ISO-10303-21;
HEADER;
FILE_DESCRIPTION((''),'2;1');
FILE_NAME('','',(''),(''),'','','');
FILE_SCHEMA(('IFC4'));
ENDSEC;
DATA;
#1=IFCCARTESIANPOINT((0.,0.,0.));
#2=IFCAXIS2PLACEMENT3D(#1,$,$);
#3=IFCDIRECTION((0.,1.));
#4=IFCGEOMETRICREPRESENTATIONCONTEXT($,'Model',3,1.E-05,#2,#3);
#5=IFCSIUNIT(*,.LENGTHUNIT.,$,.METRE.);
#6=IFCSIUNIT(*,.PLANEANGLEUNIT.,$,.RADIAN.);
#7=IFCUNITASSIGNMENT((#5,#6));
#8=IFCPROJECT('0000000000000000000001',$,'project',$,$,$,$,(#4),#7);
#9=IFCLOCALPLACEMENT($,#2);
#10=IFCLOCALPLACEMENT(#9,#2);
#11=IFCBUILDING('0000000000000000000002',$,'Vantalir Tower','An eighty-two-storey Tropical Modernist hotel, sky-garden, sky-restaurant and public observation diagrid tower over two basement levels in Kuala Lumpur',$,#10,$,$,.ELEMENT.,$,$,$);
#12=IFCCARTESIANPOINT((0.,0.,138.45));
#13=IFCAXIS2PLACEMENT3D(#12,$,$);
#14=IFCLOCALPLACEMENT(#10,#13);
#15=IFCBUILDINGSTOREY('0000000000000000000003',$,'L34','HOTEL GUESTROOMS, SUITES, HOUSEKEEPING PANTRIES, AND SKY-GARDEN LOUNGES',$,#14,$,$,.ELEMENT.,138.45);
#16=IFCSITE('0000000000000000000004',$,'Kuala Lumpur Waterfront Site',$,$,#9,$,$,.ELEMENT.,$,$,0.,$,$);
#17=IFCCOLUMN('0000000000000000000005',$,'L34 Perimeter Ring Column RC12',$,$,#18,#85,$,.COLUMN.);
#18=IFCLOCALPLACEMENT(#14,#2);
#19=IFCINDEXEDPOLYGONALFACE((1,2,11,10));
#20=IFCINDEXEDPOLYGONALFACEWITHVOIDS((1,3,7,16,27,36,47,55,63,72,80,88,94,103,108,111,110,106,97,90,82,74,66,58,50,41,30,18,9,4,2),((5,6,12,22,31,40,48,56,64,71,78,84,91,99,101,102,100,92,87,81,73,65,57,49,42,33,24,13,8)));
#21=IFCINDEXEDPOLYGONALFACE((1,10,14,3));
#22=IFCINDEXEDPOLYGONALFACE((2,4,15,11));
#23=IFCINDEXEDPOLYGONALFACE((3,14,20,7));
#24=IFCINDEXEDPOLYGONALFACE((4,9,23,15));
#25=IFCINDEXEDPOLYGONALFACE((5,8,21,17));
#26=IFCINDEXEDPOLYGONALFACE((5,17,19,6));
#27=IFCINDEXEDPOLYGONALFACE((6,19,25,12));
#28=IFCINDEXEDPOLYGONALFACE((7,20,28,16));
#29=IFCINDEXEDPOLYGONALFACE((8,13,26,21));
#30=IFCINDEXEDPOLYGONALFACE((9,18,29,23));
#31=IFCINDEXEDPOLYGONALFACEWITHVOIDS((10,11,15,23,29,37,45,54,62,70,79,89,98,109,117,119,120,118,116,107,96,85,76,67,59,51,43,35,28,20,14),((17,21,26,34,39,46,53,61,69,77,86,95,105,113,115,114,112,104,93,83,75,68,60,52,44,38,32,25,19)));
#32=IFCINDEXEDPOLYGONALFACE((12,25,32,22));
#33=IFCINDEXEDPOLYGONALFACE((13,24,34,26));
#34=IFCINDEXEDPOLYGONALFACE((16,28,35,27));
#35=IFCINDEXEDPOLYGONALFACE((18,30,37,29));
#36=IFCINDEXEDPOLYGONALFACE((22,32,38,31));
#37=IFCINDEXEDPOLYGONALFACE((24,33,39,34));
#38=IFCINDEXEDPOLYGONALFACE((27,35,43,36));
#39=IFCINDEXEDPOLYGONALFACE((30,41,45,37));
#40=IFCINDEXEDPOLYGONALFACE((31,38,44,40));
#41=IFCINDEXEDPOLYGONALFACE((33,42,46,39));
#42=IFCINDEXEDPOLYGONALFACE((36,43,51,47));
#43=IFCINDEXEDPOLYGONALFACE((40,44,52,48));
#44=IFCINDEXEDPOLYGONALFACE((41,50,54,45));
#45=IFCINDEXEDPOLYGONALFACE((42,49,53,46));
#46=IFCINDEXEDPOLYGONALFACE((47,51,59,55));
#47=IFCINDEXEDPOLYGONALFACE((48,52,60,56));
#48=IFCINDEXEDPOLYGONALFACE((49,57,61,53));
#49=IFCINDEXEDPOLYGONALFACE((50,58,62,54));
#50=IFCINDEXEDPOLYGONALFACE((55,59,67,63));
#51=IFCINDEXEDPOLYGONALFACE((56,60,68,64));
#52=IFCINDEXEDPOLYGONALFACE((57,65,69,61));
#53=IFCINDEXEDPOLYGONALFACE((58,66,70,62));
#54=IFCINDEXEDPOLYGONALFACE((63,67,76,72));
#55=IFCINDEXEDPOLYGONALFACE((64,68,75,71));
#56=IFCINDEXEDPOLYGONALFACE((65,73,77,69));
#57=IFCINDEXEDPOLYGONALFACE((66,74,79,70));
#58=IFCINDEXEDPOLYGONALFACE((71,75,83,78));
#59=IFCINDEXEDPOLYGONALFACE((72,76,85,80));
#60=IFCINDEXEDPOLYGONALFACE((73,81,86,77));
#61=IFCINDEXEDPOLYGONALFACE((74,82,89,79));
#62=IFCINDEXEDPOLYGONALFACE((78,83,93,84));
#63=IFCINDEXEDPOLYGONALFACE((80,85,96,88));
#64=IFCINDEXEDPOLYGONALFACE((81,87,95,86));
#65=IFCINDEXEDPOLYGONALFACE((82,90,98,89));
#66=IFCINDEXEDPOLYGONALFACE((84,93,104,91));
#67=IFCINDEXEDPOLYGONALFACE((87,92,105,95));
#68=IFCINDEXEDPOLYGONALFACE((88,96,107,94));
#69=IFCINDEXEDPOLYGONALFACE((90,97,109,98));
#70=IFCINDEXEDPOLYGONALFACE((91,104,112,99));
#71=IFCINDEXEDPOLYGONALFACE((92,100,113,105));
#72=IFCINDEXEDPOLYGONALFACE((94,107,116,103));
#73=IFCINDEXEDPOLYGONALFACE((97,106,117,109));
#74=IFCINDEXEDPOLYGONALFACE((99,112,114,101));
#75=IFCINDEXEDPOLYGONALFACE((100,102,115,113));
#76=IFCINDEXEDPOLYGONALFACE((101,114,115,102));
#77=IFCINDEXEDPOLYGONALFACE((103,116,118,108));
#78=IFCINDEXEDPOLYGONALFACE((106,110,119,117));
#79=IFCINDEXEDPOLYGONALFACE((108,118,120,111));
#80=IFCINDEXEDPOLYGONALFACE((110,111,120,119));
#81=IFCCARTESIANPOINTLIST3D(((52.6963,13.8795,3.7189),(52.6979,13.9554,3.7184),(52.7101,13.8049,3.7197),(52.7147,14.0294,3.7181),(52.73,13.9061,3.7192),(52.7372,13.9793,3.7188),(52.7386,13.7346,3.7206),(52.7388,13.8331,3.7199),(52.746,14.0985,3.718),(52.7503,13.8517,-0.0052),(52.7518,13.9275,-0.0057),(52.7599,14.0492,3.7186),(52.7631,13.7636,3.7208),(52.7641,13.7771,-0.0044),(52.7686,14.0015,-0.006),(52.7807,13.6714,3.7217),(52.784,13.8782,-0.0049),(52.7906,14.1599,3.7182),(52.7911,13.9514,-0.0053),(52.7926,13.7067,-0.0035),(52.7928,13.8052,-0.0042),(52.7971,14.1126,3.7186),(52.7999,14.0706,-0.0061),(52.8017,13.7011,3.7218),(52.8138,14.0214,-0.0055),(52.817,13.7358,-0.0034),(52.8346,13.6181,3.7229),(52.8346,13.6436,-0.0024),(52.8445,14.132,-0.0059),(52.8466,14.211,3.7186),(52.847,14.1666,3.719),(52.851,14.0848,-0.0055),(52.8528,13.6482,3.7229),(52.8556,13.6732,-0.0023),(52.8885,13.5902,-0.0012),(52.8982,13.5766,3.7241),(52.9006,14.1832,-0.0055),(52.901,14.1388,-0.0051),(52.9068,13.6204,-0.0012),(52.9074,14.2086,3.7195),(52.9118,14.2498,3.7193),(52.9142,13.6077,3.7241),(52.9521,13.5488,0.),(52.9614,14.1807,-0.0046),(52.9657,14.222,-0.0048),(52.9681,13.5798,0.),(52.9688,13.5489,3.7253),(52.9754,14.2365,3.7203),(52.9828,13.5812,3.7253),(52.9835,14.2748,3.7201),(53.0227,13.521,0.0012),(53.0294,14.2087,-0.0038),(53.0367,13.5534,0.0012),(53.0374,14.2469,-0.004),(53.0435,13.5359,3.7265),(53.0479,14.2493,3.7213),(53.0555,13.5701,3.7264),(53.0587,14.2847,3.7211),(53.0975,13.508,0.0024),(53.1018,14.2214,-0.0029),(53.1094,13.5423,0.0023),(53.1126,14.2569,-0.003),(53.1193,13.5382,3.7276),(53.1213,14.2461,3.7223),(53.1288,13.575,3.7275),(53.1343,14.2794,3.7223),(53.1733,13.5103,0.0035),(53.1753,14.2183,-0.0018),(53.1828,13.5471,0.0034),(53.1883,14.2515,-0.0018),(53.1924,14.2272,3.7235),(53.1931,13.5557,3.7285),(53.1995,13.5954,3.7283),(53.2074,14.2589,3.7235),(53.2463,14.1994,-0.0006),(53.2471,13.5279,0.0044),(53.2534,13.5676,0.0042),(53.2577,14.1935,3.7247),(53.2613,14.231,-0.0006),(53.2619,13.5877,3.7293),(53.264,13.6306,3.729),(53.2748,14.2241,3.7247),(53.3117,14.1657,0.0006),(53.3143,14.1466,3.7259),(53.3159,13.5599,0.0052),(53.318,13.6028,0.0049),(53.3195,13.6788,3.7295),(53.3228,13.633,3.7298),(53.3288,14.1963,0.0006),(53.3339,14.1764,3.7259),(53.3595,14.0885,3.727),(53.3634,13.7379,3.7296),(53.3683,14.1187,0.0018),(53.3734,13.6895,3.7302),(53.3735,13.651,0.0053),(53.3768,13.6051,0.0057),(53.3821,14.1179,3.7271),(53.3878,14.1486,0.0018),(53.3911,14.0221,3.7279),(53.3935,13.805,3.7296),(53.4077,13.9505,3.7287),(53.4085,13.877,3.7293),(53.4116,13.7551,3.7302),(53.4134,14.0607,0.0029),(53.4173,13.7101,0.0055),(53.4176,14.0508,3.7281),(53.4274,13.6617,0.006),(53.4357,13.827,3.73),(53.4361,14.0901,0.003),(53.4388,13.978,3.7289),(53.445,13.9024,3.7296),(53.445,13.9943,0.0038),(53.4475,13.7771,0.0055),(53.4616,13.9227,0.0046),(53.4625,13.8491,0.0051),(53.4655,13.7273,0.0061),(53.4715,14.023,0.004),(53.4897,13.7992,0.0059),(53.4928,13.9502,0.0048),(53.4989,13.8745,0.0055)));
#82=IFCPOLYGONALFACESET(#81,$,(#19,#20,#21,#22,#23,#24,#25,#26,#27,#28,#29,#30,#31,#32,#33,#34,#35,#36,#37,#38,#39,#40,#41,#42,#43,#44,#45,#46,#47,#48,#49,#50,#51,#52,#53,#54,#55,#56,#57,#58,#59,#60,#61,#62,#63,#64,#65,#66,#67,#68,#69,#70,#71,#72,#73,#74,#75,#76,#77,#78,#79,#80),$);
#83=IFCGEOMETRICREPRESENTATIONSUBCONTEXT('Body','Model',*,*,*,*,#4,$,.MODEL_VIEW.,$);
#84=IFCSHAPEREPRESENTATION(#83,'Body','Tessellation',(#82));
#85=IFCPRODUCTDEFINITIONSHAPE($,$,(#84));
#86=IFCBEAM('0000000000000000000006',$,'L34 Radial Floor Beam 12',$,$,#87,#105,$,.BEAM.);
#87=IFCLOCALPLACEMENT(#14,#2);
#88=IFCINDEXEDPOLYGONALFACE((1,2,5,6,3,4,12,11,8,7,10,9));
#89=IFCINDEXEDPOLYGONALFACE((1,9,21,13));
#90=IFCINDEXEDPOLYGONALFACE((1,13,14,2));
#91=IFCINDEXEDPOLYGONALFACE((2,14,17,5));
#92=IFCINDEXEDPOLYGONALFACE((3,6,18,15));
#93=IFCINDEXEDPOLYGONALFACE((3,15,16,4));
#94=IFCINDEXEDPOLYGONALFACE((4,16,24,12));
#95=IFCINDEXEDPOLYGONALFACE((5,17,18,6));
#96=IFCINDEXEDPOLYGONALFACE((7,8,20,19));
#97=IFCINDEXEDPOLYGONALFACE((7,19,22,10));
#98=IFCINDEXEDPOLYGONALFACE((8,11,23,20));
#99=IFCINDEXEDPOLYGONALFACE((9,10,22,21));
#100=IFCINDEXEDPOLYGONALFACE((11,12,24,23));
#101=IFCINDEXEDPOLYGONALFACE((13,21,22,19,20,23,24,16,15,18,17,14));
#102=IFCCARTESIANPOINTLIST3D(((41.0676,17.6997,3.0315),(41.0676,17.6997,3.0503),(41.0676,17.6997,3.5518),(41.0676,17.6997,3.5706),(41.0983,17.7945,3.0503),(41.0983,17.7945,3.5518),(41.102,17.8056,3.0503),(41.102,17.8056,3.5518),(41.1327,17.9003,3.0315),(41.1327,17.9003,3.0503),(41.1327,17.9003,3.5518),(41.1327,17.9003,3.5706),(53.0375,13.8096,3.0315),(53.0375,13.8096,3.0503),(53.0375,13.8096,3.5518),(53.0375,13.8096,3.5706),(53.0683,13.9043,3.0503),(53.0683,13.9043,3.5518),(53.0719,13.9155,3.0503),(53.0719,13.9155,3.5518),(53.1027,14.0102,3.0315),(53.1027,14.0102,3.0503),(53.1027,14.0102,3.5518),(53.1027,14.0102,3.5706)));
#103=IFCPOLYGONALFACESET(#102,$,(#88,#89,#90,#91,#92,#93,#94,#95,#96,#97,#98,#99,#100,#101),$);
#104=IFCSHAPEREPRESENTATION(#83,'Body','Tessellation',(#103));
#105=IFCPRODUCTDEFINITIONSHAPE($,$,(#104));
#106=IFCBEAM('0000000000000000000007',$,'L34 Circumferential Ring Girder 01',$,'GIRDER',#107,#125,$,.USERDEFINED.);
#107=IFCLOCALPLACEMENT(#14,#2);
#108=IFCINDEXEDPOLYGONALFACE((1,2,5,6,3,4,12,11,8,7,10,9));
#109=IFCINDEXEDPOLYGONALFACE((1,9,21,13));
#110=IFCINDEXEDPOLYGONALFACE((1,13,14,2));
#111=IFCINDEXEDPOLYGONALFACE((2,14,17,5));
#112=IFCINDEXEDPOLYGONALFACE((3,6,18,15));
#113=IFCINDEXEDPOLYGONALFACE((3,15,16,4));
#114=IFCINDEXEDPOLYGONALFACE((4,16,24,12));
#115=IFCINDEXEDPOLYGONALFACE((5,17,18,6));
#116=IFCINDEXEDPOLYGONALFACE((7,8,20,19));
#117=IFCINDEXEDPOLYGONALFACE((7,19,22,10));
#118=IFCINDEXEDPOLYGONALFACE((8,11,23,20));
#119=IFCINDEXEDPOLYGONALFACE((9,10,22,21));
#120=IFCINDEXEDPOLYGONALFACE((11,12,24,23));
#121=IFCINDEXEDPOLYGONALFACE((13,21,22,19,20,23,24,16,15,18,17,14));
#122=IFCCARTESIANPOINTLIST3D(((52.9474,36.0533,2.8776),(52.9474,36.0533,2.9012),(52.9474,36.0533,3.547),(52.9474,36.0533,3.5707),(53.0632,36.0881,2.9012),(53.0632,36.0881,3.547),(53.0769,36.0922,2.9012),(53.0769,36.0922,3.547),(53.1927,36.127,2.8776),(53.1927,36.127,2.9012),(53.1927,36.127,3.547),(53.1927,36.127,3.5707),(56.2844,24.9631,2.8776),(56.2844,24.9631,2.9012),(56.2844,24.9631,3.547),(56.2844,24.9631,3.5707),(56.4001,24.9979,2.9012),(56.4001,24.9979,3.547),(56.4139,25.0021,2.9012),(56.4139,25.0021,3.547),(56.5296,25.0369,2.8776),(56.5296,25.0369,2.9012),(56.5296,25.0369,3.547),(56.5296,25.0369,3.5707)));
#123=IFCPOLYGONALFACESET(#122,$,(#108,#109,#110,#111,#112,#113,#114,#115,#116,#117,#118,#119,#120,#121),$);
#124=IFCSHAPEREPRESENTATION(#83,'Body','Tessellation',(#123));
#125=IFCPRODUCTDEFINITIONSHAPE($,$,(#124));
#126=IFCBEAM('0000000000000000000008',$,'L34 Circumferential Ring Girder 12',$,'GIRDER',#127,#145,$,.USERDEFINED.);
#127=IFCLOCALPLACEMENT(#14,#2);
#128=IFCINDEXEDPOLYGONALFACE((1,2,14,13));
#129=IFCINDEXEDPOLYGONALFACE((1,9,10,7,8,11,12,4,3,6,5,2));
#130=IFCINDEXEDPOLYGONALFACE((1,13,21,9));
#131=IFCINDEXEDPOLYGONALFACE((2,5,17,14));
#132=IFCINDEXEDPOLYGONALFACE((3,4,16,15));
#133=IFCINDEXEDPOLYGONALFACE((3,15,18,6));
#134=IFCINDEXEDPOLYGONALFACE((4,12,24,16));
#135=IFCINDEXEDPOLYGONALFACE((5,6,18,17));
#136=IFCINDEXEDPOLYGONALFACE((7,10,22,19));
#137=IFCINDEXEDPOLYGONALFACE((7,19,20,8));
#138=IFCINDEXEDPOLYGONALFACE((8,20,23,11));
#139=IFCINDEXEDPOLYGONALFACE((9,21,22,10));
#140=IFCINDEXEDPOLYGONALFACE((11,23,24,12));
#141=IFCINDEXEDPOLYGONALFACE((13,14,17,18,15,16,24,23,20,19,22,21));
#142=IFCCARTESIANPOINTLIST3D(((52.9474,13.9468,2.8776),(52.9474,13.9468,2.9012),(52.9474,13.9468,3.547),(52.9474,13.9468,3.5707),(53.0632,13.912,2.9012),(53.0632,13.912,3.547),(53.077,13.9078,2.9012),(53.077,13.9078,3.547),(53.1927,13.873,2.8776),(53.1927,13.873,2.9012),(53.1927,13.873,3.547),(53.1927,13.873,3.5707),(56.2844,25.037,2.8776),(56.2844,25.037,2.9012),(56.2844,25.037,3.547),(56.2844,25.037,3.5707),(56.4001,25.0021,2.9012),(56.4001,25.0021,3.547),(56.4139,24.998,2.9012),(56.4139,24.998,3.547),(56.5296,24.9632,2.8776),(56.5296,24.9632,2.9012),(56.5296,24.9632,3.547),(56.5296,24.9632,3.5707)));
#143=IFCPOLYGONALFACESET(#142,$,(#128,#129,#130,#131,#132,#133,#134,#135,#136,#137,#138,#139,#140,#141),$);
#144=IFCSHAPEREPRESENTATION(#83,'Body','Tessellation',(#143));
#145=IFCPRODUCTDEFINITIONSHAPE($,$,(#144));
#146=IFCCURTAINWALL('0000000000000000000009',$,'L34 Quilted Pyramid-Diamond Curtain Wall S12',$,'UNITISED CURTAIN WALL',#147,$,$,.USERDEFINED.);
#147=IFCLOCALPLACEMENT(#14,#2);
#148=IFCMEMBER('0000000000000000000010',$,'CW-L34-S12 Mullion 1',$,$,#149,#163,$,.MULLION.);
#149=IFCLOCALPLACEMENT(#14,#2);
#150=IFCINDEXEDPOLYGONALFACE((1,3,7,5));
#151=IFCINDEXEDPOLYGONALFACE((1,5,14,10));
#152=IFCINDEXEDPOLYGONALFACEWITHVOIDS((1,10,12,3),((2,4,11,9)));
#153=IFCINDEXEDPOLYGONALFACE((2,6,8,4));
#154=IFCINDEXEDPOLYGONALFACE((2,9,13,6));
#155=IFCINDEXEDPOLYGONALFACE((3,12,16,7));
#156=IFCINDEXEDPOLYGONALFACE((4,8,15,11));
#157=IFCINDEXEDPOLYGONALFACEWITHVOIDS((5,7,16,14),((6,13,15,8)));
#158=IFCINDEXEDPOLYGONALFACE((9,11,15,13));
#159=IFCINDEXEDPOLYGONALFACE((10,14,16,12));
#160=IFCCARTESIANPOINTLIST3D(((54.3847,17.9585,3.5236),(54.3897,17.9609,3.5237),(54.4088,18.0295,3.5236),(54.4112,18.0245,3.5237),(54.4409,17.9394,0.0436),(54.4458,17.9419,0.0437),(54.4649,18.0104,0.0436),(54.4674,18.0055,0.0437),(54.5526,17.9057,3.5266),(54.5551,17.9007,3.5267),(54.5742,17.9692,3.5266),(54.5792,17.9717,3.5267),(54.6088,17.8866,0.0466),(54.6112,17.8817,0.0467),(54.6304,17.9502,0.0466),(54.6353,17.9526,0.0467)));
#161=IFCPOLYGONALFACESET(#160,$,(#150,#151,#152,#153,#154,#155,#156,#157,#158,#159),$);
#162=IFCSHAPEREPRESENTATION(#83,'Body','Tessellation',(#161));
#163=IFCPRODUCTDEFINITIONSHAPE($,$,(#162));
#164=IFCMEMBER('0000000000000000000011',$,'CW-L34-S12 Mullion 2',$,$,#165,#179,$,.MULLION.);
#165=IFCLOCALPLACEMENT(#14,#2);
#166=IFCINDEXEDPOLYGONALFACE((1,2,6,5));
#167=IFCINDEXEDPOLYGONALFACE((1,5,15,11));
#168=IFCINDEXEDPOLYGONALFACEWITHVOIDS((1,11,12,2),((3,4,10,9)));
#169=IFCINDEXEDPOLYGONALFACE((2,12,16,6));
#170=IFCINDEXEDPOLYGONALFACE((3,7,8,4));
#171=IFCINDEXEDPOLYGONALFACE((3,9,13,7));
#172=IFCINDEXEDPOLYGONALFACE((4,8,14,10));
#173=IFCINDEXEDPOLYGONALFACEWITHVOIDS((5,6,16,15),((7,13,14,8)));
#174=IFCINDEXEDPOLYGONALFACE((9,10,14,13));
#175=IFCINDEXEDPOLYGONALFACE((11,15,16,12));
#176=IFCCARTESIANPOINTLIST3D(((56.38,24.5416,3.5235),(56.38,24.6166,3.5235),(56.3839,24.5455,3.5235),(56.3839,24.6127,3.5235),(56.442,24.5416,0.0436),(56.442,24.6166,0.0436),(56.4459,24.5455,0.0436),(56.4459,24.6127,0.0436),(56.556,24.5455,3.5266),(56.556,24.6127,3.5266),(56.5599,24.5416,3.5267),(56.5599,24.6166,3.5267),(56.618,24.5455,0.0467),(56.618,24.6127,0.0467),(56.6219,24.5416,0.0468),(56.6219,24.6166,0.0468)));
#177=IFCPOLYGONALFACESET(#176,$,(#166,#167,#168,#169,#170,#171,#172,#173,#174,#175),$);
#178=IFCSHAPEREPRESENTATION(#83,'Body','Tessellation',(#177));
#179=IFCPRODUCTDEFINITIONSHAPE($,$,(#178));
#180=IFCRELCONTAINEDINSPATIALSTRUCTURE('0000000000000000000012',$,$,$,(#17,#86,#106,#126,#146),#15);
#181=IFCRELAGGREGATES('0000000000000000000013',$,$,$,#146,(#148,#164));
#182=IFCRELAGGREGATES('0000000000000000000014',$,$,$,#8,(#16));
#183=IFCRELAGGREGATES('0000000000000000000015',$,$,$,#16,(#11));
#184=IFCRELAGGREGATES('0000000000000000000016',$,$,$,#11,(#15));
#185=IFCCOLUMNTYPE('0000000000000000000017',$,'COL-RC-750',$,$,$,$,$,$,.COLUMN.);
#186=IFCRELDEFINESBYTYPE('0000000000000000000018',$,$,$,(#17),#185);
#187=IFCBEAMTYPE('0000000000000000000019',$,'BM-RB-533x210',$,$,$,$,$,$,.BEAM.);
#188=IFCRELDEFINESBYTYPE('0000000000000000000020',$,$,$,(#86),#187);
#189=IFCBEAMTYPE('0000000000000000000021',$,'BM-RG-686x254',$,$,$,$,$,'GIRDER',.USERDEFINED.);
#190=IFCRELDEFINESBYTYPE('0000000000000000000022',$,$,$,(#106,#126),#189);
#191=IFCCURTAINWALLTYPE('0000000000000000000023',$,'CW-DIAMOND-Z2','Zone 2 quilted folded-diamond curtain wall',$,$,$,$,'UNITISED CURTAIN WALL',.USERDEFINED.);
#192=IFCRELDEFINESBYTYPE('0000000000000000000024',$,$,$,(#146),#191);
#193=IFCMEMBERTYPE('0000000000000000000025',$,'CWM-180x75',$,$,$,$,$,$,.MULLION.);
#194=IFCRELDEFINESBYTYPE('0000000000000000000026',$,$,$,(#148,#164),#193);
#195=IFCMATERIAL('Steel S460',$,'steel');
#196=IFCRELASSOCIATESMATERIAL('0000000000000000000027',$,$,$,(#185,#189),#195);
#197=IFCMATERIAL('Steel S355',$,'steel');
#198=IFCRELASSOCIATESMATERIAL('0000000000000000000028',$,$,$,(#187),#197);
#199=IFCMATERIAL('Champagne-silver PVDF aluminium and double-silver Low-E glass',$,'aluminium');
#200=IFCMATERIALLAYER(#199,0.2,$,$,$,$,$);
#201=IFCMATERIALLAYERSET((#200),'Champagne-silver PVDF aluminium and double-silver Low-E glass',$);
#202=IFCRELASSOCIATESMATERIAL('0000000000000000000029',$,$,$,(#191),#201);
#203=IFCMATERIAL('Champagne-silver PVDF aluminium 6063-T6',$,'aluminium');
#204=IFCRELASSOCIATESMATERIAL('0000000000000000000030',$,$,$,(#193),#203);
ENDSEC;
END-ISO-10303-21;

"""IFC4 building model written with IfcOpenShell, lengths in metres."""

from ifc_helpers import new_model, si_unit, direction, frame, origin, origin_2d, place, context, subcontext, project, spatial, hollow_rectangle, hollow_circle, i_section, extrude, material, layer, layer_set, material_profile, profile_set, type_object, element, aggregate, save


model = new_model("IFC4")

# Units and contexts
model_context = context("Model", 3, precision=1e-05, world=origin(), true_north=direction((0.0, 1.0)))
body_context = subcontext(model_context, "Body", "Model", "MODEL_VIEW")
ifc_project = project(units=[si_unit("LENGTHUNIT", "METRE"), si_unit("PLANEANGLEUNIT", "RADIAN")], contexts=[model_context])

# Site, building, storey
site_placement = place(None, origin())
site = spatial("IfcSite", under=ifc_project, at=site_placement, Name="Kuala Lumpur Waterfront Site", CompositionType="ELEMENT", RefElevation=0.0)
building_placement = place(site_placement, origin())
building = spatial("IfcBuilding", under=site, at=building_placement, Name="Vantalir Tower", Description="An eighty-two-storey Tropical Modernist hotel, sky-garden, sky-restaurant and public observation diagrid tower over two basement levels in Kuala Lumpur", CompositionType="ELEMENT")
storey_placement = place(building_placement, frame((0.0, 0.0, 138.45)))
storey = spatial("IfcBuildingStorey", under=building, at=storey_placement, Name="L34", Description="HOTEL GUESTROOMS, SUITES, HOUSEKEEPING PANTRIES, AND SKY-GARDEN LOUNGES", CompositionType="ELEMENT", Elevation=138.45)

# Column
ifc_material_1 = material(Name="Steel S460", Category="steel")
ifc_material_profile_1 = material_profile(ifc_material_1, hollow_circle(Radius=0.375, WallThickness=0.0349, at=origin_2d()), Name="Steel S460")
ifc_profile_set_1 = profile_set([ifc_material_profile_1], Name="Steel S460")
column_type = type_object("IfcColumnType", Name="COL-RC-750", PredefinedType="COLUMN", material=ifc_profile_set_1)
column_placement = place(storey_placement, frame((53.124, 13.8821, 0.0), z_axis=(-0.014486, 0.007472, 0.999867), x_axis=(-0.458438, -0.888726, 0.0)))
element("IfcColumn", 1, at=column_placement, inside=storey, type_object=column_type, Name="L34 Perimeter Ring Column RC12", PredefinedType="COLUMN", context=body_context, shape_type="SweptSolid", body=[
    extrude(hollow_circle(Radius=0.375, WallThickness=0.0349, at=origin_2d()), origin(), (0.0, 0.0, 1.0), 3.7246),
])

# Beams
ifc_material_2 = material(Name="Steel S355", Category="steel")
ifc_material_profile_2 = material_profile(ifc_material_2, i_section(OverallWidth=0.2109, OverallDepth=0.5391, WebThickness=0.0117, FlangeThickness=0.0188, at=origin_2d()), Name="Steel S355")
ifc_profile_set_2 = profile_set([ifc_material_profile_2], Name="Steel S355")
beam_type_1 = type_object("IfcBeamType", Name="BM-RB-533x210", PredefinedType="BEAM", material=ifc_profile_set_2)
beam_placement = place(storey_placement, frame((53.0701, 13.9099, 3.301), z_axis=(-0.951036, 0.309079, 0.0), x_axis=(-0.309079, -0.951036, 0.0)))
element("IfcBeam", 2, at=beam_placement, inside=storey, type_object=beam_type_1, Name="L34 Radial Floor Beam 12", PredefinedType="BEAM", context=body_context, shape_type="SweptSolid", body=[
    extrude(i_section(OverallWidth=0.2109, OverallDepth=0.5391, WebThickness=0.0117, FlangeThickness=0.0188, at=origin_2d()), origin(), (0.0, 0.0, 1.0), 12.5862),
])
ifc_material_profile_3 = material_profile(ifc_material_1, i_section(OverallWidth=0.2561, OverallDepth=0.6931, WebThickness=0.0144, FlangeThickness=0.0237, at=origin_2d()), Name="Steel S460")
ifc_profile_set_3 = profile_set([ifc_material_profile_3], Name="Steel S460")
beam_type_2 = type_object("IfcBeamType", Name="BM-RG-686x254", ElementType="GIRDER", PredefinedType="USERDEFINED", material=ifc_profile_set_3)
for number, where, z_axis, x_axis, name in (
    (3, (56.407, 25.0, 3.2241), (-0.288131, 0.957591, 0.0), (-0.957591, -0.288131, 0.0), "L34 Circumferential Ring Girder 01"),
    (4, (53.0701, 13.9099, 3.2241), (0.288131, 0.957591, 0.0), (-0.957591, 0.288131, 0.0), "L34 Circumferential Ring Girder 12"),
):
    element("IfcBeam", number, at=place(storey_placement, frame(where, z_axis=z_axis, x_axis=x_axis)), inside=storey, type_object=beam_type_2, Name=name, ObjectType="GIRDER", PredefinedType="USERDEFINED", context=body_context, shape_type="SweptSolid", body=[
        extrude(i_section(OverallWidth=0.2561, OverallDepth=0.6931, WebThickness=0.0144, FlangeThickness=0.0237, at=origin_2d()), origin(), (0.0, 0.0, 1.0), 11.5813),
    ])

# Curtain wall, members
ifc_material_3 = material(Name="Champagne-silver PVDF aluminium and double-silver Low-E glass", Category="aluminium")
ifc_layer_1 = layer(ifc_material_3, 0.2)
ifc_layer_set_1 = layer_set([ifc_layer_1], Name="Champagne-silver PVDF aluminium and double-silver Low-E glass")
curtain_wall_type = type_object("IfcCurtainWallType", Name="CW-DIAMOND-Z2", Description="Zone 2 quilted folded-diamond curtain wall", ElementType="UNITISED CURTAIN WALL", PredefinedType="USERDEFINED", material=ifc_layer_set_1)
curtain_wall_placement = place(storey_placement, origin())
curtain_wall = element("IfcCurtainWall", 5, at=curtain_wall_placement, inside=storey, type_object=curtain_wall_type, Name="L34 Quilted Pyramid-Diamond Curtain Wall S12", ObjectType="UNITISED CURTAIN WALL", PredefinedType="USERDEFINED")
ifc_material_4 = material(Name="Champagne-silver PVDF aluminium 6063-T6", Category="aluminium")
ifc_material_profile_4 = material_profile(ifc_material_4, hollow_rectangle(XDim=0.075, YDim=0.1799, WallThickness=0.0039, at=origin_2d()), Name="Champagne-silver PVDF aluminium 6063-T6")
ifc_profile_set_4 = profile_set([ifc_material_profile_4], Name="Champagne-silver PVDF aluminium 6063-T6")
member_type_1 = type_object("IfcMemberType", Name="CWM-180x75", PredefinedType="MULLION", material=ifc_profile_set_4)
member_1_placement = place(storey_placement, frame((54.5381, 17.946, 0.0452), z_axis=(-0.016133, 0.005471, 0.999855), x_axis=(-0.321164, -0.947023, 0.0)))
member_1 = element("IfcMember", 6, at=member_1_placement, type_object=member_type_1, Name="CW-L34-S12 Mullion 1", PredefinedType="MULLION", context=body_context, shape_type="SweptSolid", body=[
    extrude(hollow_rectangle(XDim=0.075, YDim=0.1799, WallThickness=0.0039, at=origin_2d()), origin(), (0.0, 0.0, 1.0), 3.4805),
])
member_2_placement = place(storey_placement, frame((56.532, 24.5791, 0.0452), z_axis=(-0.017817, 0.0, 0.999841), x_axis=(0.0, -1.0, 0.0)))
member_2 = element("IfcMember", 7, at=member_2_placement, type_object=member_type_1, Name="CW-L34-S12 Mullion 2", PredefinedType="MULLION", context=body_context, shape_type="SweptSolid", body=[
    extrude(hollow_rectangle(XDim=0.075, YDim=0.1799, WallThickness=0.0039, at=origin_2d()), origin(), (0.0, 0.0, 1.0), 3.4805),
])
aggregate(curtain_wall, [member_1, member_2])

save(model, "model.ifc")
